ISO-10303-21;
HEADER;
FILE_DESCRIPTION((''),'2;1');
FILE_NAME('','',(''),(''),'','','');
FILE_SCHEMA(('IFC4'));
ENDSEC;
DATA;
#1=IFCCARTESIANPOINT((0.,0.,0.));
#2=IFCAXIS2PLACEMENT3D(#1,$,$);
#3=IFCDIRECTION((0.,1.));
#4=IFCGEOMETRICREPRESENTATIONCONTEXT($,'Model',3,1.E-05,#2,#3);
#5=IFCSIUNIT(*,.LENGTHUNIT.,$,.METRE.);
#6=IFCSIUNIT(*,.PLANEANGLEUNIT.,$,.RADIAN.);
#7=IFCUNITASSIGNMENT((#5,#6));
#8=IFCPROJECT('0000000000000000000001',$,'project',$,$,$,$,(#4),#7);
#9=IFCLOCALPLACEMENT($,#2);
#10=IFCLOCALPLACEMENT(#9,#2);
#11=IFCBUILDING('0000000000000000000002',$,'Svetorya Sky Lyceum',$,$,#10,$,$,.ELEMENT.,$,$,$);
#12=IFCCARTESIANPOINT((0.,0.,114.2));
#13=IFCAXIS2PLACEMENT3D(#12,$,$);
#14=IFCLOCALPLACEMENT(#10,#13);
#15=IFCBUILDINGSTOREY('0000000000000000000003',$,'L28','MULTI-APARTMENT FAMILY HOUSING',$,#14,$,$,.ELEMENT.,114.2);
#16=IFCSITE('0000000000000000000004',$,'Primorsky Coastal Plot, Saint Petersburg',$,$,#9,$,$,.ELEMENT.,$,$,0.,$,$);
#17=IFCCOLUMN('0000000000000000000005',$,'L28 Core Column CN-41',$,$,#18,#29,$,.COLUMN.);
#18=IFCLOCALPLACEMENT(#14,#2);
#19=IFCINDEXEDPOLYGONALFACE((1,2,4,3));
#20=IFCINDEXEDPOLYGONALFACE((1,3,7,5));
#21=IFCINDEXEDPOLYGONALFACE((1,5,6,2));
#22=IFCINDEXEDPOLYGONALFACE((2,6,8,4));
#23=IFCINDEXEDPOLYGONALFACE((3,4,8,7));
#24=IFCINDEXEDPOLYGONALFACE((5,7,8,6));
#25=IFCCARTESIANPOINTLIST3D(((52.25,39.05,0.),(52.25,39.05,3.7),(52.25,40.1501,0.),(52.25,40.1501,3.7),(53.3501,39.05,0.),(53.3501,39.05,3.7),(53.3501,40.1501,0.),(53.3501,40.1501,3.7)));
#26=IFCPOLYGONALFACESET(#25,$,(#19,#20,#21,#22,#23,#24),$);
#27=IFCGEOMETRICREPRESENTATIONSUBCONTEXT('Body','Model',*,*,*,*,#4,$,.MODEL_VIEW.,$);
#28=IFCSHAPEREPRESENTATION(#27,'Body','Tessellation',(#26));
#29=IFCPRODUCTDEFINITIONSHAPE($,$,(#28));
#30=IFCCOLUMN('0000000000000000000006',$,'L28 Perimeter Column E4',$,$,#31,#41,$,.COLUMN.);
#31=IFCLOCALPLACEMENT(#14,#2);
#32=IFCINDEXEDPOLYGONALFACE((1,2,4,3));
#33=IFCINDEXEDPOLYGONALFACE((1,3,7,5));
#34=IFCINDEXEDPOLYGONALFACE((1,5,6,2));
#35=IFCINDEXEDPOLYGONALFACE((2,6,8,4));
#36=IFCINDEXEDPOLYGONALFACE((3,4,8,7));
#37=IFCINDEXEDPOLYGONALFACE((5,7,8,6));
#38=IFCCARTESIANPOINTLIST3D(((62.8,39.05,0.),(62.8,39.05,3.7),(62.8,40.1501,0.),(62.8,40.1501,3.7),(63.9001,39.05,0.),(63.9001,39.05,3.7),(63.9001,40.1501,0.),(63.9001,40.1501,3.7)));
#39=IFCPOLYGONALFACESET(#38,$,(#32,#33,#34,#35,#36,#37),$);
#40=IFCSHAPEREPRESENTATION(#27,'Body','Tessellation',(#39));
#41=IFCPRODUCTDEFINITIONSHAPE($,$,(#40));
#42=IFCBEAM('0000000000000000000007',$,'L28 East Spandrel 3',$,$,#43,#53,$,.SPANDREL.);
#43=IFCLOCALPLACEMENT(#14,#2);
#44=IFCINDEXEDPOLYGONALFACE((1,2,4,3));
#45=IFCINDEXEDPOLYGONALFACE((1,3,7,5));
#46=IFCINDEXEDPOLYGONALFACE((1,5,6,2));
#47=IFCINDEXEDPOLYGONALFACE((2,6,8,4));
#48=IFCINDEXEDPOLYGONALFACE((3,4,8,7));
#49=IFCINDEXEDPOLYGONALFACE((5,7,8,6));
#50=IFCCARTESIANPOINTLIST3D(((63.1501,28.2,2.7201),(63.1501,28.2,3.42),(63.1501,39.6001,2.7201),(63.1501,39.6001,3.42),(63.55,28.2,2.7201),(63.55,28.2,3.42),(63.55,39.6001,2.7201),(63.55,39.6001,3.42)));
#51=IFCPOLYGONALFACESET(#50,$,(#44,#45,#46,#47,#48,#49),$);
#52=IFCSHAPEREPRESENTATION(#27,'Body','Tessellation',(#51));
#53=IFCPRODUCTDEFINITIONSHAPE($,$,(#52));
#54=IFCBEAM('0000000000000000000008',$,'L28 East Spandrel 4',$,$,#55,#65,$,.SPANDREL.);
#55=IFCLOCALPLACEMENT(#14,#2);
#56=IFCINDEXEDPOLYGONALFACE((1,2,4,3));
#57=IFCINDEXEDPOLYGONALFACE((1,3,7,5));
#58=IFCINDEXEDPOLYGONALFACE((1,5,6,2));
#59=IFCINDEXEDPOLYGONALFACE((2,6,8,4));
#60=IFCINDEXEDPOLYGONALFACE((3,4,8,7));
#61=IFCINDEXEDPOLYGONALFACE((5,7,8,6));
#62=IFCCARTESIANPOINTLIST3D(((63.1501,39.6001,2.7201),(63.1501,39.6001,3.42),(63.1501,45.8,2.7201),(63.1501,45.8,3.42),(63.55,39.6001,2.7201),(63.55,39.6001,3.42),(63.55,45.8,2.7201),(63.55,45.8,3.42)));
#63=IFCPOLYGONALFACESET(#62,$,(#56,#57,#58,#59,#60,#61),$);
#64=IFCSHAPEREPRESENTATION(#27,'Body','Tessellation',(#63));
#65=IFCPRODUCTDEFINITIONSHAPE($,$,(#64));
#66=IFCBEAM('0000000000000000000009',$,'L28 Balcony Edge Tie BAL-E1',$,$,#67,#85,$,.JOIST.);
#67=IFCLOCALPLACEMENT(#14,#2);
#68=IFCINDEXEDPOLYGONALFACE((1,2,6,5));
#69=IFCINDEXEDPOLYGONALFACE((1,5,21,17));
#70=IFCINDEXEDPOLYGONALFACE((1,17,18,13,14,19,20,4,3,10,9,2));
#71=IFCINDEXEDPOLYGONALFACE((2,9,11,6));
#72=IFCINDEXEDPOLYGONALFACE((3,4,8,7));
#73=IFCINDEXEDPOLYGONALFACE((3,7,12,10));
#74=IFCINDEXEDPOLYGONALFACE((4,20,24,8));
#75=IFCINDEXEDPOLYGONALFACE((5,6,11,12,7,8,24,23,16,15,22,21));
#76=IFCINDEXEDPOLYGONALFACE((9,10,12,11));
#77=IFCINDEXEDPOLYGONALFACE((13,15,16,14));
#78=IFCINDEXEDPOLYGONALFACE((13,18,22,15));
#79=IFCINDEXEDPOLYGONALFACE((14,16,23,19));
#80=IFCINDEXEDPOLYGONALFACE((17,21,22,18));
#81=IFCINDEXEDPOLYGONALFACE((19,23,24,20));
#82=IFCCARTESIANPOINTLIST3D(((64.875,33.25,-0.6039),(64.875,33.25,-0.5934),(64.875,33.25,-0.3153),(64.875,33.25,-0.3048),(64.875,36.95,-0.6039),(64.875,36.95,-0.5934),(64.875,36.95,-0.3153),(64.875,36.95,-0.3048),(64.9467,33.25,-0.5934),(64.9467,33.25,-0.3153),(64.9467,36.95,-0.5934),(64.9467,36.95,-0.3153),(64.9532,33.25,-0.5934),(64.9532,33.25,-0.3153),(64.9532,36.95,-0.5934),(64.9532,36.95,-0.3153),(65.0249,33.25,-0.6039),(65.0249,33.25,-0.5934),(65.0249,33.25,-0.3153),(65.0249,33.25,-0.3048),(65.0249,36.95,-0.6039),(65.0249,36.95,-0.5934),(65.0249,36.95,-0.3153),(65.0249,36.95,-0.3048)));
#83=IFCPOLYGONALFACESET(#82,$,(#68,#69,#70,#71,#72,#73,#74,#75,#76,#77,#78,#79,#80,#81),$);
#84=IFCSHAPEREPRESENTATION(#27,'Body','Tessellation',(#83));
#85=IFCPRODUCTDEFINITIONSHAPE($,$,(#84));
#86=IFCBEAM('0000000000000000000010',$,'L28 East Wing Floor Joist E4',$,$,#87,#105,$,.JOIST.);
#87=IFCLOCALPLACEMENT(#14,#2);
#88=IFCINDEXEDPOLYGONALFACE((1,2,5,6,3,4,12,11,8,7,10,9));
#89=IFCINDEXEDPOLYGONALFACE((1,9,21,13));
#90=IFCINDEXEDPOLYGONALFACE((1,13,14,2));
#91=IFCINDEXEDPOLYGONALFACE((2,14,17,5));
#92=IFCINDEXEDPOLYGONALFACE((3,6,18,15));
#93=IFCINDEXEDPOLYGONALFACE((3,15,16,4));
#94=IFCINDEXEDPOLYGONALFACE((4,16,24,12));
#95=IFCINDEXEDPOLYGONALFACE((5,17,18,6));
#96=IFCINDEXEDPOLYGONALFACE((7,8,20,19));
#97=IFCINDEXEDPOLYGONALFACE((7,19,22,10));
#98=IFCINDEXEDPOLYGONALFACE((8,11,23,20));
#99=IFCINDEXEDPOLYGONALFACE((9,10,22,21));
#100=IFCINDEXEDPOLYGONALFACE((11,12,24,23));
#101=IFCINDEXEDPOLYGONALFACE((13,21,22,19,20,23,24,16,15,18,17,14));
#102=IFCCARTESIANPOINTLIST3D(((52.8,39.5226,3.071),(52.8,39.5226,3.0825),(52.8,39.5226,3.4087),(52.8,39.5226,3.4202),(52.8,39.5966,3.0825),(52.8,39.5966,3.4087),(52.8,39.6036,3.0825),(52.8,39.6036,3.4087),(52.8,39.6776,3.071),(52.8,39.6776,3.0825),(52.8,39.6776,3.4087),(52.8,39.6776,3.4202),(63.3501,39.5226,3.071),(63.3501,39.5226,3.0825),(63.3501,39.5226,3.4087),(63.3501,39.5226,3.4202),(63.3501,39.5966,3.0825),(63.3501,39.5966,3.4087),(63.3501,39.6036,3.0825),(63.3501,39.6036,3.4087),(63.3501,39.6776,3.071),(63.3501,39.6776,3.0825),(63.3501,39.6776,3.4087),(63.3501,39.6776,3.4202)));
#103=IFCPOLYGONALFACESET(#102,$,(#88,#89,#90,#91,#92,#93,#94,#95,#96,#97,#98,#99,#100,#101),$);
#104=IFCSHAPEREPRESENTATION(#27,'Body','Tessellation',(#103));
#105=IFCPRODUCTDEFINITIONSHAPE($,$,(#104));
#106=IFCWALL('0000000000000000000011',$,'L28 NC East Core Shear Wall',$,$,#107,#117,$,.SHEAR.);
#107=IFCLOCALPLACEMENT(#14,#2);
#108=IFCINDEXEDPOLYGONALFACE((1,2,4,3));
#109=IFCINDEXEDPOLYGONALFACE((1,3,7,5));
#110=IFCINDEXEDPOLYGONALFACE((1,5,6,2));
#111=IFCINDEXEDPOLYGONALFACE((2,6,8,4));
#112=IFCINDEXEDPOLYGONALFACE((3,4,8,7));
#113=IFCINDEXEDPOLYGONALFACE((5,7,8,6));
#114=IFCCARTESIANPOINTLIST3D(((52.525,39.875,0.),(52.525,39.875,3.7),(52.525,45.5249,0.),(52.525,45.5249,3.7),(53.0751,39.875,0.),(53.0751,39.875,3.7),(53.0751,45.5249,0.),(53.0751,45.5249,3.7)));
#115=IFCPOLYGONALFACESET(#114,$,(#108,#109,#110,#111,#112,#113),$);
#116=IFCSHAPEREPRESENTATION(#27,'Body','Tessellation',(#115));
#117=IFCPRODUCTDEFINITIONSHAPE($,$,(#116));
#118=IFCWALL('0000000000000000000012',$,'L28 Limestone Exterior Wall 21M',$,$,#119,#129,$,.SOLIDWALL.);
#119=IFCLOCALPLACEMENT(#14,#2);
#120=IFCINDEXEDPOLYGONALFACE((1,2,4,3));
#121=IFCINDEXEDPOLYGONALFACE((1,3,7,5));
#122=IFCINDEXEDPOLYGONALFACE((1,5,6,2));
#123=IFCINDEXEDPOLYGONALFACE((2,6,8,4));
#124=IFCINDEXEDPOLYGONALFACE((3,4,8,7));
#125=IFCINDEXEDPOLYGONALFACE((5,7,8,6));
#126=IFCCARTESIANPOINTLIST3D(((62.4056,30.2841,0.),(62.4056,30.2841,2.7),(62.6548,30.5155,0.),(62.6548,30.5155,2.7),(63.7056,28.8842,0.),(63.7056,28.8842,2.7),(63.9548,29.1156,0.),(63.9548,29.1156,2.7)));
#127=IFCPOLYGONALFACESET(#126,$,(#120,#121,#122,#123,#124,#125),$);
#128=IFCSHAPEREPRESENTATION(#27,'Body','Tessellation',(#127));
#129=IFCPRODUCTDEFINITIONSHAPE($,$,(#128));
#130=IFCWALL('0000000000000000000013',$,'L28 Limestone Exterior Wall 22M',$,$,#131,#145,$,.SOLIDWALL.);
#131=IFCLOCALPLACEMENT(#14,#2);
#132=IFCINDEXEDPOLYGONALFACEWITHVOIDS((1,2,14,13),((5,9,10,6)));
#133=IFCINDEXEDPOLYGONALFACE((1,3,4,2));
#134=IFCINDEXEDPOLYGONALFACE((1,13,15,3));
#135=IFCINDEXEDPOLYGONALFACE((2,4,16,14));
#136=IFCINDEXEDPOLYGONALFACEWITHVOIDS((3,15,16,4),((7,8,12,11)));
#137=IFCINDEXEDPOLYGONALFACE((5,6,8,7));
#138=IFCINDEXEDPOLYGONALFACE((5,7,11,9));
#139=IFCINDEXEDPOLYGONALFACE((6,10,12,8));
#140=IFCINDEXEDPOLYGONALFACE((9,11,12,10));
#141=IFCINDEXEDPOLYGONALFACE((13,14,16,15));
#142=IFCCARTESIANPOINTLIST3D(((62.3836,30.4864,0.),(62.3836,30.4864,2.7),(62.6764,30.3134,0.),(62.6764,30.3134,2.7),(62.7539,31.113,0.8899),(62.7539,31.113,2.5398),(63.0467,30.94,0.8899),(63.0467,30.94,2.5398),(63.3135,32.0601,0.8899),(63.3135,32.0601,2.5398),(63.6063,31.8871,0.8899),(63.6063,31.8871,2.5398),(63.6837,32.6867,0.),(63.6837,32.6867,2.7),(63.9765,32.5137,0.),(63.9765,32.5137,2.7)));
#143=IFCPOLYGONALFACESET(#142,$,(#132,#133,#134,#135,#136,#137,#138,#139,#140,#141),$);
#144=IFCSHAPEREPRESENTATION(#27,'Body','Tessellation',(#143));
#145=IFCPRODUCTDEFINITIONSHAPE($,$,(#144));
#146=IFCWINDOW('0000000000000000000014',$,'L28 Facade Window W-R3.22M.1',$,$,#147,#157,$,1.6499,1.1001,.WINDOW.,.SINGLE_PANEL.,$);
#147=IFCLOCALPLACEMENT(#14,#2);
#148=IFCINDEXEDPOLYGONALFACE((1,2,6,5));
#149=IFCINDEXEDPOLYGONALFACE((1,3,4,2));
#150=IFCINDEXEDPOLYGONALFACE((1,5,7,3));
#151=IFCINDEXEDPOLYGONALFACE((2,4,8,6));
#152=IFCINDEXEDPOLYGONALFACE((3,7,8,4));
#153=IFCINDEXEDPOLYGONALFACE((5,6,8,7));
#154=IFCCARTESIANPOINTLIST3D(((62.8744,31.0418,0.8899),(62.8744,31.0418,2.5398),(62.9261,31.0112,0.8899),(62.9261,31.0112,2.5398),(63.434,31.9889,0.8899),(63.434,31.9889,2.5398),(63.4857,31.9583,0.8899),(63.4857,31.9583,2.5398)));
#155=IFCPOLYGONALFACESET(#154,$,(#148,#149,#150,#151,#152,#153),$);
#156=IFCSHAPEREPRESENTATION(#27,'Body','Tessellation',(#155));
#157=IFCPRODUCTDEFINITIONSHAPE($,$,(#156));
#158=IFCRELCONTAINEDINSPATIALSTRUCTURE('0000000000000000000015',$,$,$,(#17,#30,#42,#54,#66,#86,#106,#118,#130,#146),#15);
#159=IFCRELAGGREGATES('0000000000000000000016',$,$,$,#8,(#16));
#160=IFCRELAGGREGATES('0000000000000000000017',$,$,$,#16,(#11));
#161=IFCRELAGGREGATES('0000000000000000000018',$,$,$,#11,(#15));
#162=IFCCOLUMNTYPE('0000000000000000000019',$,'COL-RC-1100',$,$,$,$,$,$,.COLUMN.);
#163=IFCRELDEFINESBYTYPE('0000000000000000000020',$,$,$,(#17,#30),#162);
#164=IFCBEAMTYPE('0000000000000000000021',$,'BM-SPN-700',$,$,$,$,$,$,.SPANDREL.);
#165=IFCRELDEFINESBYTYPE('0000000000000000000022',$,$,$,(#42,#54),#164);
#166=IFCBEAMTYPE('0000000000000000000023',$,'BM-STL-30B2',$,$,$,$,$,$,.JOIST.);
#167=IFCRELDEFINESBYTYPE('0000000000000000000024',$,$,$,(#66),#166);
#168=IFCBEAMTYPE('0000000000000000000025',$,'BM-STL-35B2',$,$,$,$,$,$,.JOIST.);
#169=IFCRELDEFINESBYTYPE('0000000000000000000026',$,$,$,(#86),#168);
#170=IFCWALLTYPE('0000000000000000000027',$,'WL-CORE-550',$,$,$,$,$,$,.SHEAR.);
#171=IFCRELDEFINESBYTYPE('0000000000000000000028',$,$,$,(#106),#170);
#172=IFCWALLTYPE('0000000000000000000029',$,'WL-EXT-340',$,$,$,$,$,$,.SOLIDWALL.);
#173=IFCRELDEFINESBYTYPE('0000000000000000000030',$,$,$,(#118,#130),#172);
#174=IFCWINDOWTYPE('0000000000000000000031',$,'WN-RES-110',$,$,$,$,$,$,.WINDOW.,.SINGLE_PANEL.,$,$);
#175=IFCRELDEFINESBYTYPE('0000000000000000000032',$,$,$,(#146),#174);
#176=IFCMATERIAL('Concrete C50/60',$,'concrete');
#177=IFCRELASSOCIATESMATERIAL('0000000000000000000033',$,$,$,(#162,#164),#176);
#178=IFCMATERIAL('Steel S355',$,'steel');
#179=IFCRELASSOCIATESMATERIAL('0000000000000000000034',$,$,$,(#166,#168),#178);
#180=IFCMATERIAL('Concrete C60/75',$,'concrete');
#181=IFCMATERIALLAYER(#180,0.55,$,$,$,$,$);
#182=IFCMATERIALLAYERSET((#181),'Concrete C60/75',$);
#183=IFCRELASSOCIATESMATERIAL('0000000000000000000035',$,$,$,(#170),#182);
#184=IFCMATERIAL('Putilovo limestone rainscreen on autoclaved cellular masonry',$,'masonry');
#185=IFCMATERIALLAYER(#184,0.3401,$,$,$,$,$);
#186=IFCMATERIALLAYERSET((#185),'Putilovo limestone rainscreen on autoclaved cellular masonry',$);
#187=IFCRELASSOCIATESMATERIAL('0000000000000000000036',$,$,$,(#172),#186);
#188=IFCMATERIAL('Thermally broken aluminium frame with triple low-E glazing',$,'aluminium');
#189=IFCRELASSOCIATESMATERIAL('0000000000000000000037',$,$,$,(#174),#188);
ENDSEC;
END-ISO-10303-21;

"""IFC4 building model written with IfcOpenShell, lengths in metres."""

from ifc_helpers import new_model, si_unit, direction, frame, frame_2d, origin, origin_2d, place, context, subcontext, project, spatial, rectangle, i_section, extrude, material, layer, layer_set, material_profile, profile_set, type_object, element, fill, save


model = new_model("IFC4")

# Units and contexts
model_context = context("Model", 3, precision=1e-05, world=origin(), true_north=direction((0.0, 1.0)))
body_context = subcontext(model_context, "Body", "Model", "MODEL_VIEW")
ifc_project = project(units=[si_unit("LENGTHUNIT", "METRE"), si_unit("PLANEANGLEUNIT", "RADIAN")], contexts=[model_context])

# Site, building, storey
site_placement = place(None, origin())
site = spatial("IfcSite", under=ifc_project, at=site_placement, Name="Primorsky Coastal Plot, Saint Petersburg", CompositionType="ELEMENT", RefElevation=0.0)
building_placement = place(site_placement, origin())
building = spatial("IfcBuilding", under=site, at=building_placement, Name="Svetorya Sky Lyceum", CompositionType="ELEMENT")
storey_placement = place(building_placement, frame((0.0, 0.0, 114.2)))
storey = spatial("IfcBuildingStorey", under=building, at=storey_placement, Name="L28", Description="MULTI-APARTMENT FAMILY HOUSING", CompositionType="ELEMENT", Elevation=114.2)

# Columns
ifc_material_1 = material(Name="Concrete C50/60", Category="concrete")
ifc_material_profile_1 = material_profile(ifc_material_1, rectangle(XDim=1.1001, YDim=1.1001, at=origin_2d()), Name="RC COL 1100x1100")
ifc_profile_set_1 = profile_set([ifc_material_profile_1], Name="Concrete C50/60")
column_type = type_object("IfcColumnType", Name="COL-RC-1100", PredefinedType="COLUMN", material=ifc_profile_set_1)
for number, where, z_axis, x_axis, name in (
    (1, (52.8, 39.6001, 0.0), (0.0, 0.0, 1.0), (1.0, 0.0, 0.0), "L28 Core Column CN-41"),
    (2, (63.3501, 39.6001, 0.0), (0.0, 0.0, 1.0), (1.0, 0.0, 0.0), "L28 Perimeter Column E4"),
):
    element("IfcColumn", number, at=place(storey_placement, frame(where, z_axis=z_axis, x_axis=x_axis)), inside=storey, type_object=column_type, Name=name, PredefinedType="COLUMN", context=body_context, shape_type="SweptSolid", body=[
        extrude(rectangle(XDim=1.1001, YDim=1.1001, at=origin_2d()), origin(), (0.0, 0.0, 1.0), 3.7),
    ])

# Beams
ifc_material_profile_2 = material_profile(ifc_material_1, rectangle(XDim=0.3999, YDim=0.7, at=origin_2d()), Name="RC SPANDREL 400x700")
ifc_profile_set_2 = profile_set([ifc_material_profile_2], Name="Concrete C50/60")
beam_type_1 = type_object("IfcBeamType", Name="BM-SPN-700", PredefinedType="SPANDREL", material=ifc_profile_set_2)
beam_1_placement = place(storey_placement, frame((63.3501, 28.2, 3.0701), z_axis=(0.0, 1.0, 0.0), x_axis=(-1.0, 0.0, 0.0)))
element("IfcBeam", 3, at=beam_1_placement, inside=storey, type_object=beam_type_1, Name="L28 East Spandrel 3", PredefinedType="SPANDREL", context=body_context, shape_type="SweptSolid", body=[
    extrude(rectangle(XDim=0.3999, YDim=0.7, at=origin_2d()), origin(), (0.0, 0.0, 1.0), 11.4001),
])
beam_2_placement = place(storey_placement, frame((63.3501, 39.6001, 3.0701), z_axis=(0.0, 1.0, 0.0), x_axis=(-1.0, 0.0, 0.0)))
element("IfcBeam", 4, at=beam_2_placement, inside=storey, type_object=beam_type_1, Name="L28 East Spandrel 4", PredefinedType="SPANDREL", context=body_context, shape_type="SweptSolid", body=[
    extrude(rectangle(XDim=0.3999, YDim=0.7, at=origin_2d()), origin(), (0.0, 0.0, 1.0), 6.2),
])
ifc_material_2 = material(Name="Steel S355", Category="steel")
ifc_material_profile_3 = material_profile(ifc_material_2, i_section(OverallWidth=0.1499, OverallDepth=0.2991, WebThickness=0.0066, FlangeThickness=0.0105, at=origin_2d()), Name="GOST 30B2")
ifc_profile_set_3 = profile_set([ifc_material_profile_3], Name="Steel S355")
beam_type_2 = type_object("IfcBeamType", Name="BM-STL-30B2", PredefinedType="JOIST", material=ifc_profile_set_3)
beam_3_placement = place(storey_placement, frame((64.95, 33.25, -0.4543), z_axis=(0.0, 1.0, 0.0), x_axis=(-1.0, 0.0, 0.0)))
element("IfcBeam", 5, at=beam_3_placement, inside=storey, type_object=beam_type_2, Name="L28 Balcony Edge Tie BAL-E1", PredefinedType="JOIST", context=body_context, shape_type="SweptSolid", body=[
    extrude(i_section(OverallWidth=0.1499, OverallDepth=0.2991, WebThickness=0.0066, FlangeThickness=0.0105, at=origin_2d()), origin(), (0.0, 0.0, 1.0), 3.7),
])
ifc_material_profile_4 = material_profile(ifc_material_2, i_section(OverallWidth=0.155, OverallDepth=0.3491, WebThickness=0.0071, FlangeThickness=0.0115, at=origin_2d()), Name="GOST 35B2")
ifc_profile_set_4 = profile_set([ifc_material_profile_4], Name="Steel S355")
beam_type_3 = type_object("IfcBeamType", Name="BM-STL-35B2", PredefinedType="JOIST", material=ifc_profile_set_4)
beam_4_placement = place(storey_placement, frame((52.8, 39.6001, 3.2456), z_axis=(1.0, 0.0, 0.0), x_axis=(0.0, 1.0, 0.0)))
element("IfcBeam", 6, at=beam_4_placement, inside=storey, type_object=beam_type_3, Name="L28 East Wing Floor Joist E4", PredefinedType="JOIST", context=body_context, shape_type="SweptSolid", body=[
    extrude(i_section(OverallWidth=0.155, OverallDepth=0.3491, WebThickness=0.0071, FlangeThickness=0.0115, at=origin_2d()), origin(), (0.0, 0.0, 1.0), 10.55),
])

# Walls
ifc_material_3 = material(Name="Concrete C60/75", Category="concrete")
ifc_layer_1 = layer(ifc_material_3, 0.55)
ifc_layer_set_1 = layer_set([ifc_layer_1], Name="Concrete C60/75")
wall_type_1 = type_object("IfcWallType", Name="WL-CORE-550", PredefinedType="SHEAR", material=ifc_layer_set_1)
wall_1_placement = place(storey_placement, frame((52.8, 39.875, 0.0), z_axis=(0.0, 0.0, 1.0), x_axis=(0.0, 1.0, 0.0)))
element("IfcWall", 7, at=wall_1_placement, inside=storey, type_object=wall_type_1, Name="L28 NC East Core Shear Wall", PredefinedType="SHEAR", context=body_context, shape_type="SweptSolid", body=[
    extrude(rectangle(XDim=5.6499, YDim=0.55, at=frame_2d((2.825, 0.0))), origin(), (0.0, 0.0, 1.0), 3.7),
])
ifc_material_4 = material(Name="Putilovo limestone rainscreen on autoclaved cellular masonry", Category="masonry")
ifc_layer_2 = layer(ifc_material_4, 0.3401)
ifc_layer_set_2 = layer_set([ifc_layer_2], Name="Putilovo limestone rainscreen on autoclaved cellular masonry")
wall_type_2 = type_object("IfcWallType", Name="WL-EXT-340", PredefinedType="SOLIDWALL", material=ifc_layer_set_2)
wall_2_placement = place(storey_placement, frame((63.8301, 29.0, 0.0), z_axis=(0.0, 0.0, 1.0), x_axis=(-0.68049, 0.732757, 0.0)))
element("IfcWall", 8, at=wall_2_placement, inside=storey, type_object=wall_type_2, Name="L28 Limestone Exterior Wall 21M", PredefinedType="SOLIDWALL", context=body_context, shape_type="SweptSolid", body=[
    extrude(rectangle(XDim=1.9104, YDim=0.3401, at=frame_2d((0.9551, 0.0))), origin(), (0.0, 0.0, 1.0), 2.7),
])

# Wall, opening, window
wall_3_placement = place(storey_placement, frame((62.53, 30.3999, 0.0), z_axis=(0.0, 0.0, 1.0), x_axis=(0.50871, 0.860938, 0.0)))
wall_3 = element("IfcWall", 9, at=wall_3_placement, inside=storey, type_object=wall_type_2, Name="L28 Limestone Exterior Wall 22M", PredefinedType="SOLIDWALL", context=body_context, shape_type="SweptSolid", body=[
    extrude(rectangle(XDim=2.5557, YDim=0.3401, at=frame_2d((1.2778, 0.0))), origin(), (0.0, 0.0, 1.0), 2.7),
])
opening_1_placement = place(wall_3_placement, frame((0.7278, 0.0, 0.8899)))
opening_1 = element("IfcOpeningElement", 10, at=opening_1_placement, cuts=wall_3, PredefinedType="OPENING", context=body_context, shape_type="SweptSolid", body=[
    extrude(rectangle(XDim=1.1001, YDim=1.6499, at=frame_2d((0.55, 0.825))), frame((0.0, 0.1799, 0.0), z_axis=(0.0, -1.0, 0.0), x_axis=(1.0, 0.0, 0.0)), (0.0, 0.0, 1.0), 0.3601),
])
ifc_material_5 = material(Name="Thermally broken aluminium frame with triple low-E glazing", Category="aluminium")
window_type_1 = type_object("IfcWindowType", Name="WN-RES-110", PartitioningType="SINGLE_PANEL", PredefinedType="WINDOW", material=ifc_material_5)
window_1_placement = place(opening_1_placement, origin())
window_1 = element("IfcWindow", 11, at=window_1_placement, inside=storey, type_object=window_type_1, Name="L28 Facade Window W-R3.22M.1", OverallHeight=1.6499, OverallWidth=1.1001, PartitioningType="SINGLE_PANEL", PredefinedType="WINDOW", context=body_context, shape_type="SweptSolid", body=[
    extrude(rectangle(XDim=1.1001, YDim=1.6499, at=frame_2d((0.55, 0.825))), frame((0.0, 0.03, 0.0), z_axis=(0.0, -1.0, 0.0), x_axis=(1.0, 0.0, 0.0)), (0.0, 0.0, 1.0), 0.0601),
])
fill(opening_1, window_1)

save(model, "model.ifc")
